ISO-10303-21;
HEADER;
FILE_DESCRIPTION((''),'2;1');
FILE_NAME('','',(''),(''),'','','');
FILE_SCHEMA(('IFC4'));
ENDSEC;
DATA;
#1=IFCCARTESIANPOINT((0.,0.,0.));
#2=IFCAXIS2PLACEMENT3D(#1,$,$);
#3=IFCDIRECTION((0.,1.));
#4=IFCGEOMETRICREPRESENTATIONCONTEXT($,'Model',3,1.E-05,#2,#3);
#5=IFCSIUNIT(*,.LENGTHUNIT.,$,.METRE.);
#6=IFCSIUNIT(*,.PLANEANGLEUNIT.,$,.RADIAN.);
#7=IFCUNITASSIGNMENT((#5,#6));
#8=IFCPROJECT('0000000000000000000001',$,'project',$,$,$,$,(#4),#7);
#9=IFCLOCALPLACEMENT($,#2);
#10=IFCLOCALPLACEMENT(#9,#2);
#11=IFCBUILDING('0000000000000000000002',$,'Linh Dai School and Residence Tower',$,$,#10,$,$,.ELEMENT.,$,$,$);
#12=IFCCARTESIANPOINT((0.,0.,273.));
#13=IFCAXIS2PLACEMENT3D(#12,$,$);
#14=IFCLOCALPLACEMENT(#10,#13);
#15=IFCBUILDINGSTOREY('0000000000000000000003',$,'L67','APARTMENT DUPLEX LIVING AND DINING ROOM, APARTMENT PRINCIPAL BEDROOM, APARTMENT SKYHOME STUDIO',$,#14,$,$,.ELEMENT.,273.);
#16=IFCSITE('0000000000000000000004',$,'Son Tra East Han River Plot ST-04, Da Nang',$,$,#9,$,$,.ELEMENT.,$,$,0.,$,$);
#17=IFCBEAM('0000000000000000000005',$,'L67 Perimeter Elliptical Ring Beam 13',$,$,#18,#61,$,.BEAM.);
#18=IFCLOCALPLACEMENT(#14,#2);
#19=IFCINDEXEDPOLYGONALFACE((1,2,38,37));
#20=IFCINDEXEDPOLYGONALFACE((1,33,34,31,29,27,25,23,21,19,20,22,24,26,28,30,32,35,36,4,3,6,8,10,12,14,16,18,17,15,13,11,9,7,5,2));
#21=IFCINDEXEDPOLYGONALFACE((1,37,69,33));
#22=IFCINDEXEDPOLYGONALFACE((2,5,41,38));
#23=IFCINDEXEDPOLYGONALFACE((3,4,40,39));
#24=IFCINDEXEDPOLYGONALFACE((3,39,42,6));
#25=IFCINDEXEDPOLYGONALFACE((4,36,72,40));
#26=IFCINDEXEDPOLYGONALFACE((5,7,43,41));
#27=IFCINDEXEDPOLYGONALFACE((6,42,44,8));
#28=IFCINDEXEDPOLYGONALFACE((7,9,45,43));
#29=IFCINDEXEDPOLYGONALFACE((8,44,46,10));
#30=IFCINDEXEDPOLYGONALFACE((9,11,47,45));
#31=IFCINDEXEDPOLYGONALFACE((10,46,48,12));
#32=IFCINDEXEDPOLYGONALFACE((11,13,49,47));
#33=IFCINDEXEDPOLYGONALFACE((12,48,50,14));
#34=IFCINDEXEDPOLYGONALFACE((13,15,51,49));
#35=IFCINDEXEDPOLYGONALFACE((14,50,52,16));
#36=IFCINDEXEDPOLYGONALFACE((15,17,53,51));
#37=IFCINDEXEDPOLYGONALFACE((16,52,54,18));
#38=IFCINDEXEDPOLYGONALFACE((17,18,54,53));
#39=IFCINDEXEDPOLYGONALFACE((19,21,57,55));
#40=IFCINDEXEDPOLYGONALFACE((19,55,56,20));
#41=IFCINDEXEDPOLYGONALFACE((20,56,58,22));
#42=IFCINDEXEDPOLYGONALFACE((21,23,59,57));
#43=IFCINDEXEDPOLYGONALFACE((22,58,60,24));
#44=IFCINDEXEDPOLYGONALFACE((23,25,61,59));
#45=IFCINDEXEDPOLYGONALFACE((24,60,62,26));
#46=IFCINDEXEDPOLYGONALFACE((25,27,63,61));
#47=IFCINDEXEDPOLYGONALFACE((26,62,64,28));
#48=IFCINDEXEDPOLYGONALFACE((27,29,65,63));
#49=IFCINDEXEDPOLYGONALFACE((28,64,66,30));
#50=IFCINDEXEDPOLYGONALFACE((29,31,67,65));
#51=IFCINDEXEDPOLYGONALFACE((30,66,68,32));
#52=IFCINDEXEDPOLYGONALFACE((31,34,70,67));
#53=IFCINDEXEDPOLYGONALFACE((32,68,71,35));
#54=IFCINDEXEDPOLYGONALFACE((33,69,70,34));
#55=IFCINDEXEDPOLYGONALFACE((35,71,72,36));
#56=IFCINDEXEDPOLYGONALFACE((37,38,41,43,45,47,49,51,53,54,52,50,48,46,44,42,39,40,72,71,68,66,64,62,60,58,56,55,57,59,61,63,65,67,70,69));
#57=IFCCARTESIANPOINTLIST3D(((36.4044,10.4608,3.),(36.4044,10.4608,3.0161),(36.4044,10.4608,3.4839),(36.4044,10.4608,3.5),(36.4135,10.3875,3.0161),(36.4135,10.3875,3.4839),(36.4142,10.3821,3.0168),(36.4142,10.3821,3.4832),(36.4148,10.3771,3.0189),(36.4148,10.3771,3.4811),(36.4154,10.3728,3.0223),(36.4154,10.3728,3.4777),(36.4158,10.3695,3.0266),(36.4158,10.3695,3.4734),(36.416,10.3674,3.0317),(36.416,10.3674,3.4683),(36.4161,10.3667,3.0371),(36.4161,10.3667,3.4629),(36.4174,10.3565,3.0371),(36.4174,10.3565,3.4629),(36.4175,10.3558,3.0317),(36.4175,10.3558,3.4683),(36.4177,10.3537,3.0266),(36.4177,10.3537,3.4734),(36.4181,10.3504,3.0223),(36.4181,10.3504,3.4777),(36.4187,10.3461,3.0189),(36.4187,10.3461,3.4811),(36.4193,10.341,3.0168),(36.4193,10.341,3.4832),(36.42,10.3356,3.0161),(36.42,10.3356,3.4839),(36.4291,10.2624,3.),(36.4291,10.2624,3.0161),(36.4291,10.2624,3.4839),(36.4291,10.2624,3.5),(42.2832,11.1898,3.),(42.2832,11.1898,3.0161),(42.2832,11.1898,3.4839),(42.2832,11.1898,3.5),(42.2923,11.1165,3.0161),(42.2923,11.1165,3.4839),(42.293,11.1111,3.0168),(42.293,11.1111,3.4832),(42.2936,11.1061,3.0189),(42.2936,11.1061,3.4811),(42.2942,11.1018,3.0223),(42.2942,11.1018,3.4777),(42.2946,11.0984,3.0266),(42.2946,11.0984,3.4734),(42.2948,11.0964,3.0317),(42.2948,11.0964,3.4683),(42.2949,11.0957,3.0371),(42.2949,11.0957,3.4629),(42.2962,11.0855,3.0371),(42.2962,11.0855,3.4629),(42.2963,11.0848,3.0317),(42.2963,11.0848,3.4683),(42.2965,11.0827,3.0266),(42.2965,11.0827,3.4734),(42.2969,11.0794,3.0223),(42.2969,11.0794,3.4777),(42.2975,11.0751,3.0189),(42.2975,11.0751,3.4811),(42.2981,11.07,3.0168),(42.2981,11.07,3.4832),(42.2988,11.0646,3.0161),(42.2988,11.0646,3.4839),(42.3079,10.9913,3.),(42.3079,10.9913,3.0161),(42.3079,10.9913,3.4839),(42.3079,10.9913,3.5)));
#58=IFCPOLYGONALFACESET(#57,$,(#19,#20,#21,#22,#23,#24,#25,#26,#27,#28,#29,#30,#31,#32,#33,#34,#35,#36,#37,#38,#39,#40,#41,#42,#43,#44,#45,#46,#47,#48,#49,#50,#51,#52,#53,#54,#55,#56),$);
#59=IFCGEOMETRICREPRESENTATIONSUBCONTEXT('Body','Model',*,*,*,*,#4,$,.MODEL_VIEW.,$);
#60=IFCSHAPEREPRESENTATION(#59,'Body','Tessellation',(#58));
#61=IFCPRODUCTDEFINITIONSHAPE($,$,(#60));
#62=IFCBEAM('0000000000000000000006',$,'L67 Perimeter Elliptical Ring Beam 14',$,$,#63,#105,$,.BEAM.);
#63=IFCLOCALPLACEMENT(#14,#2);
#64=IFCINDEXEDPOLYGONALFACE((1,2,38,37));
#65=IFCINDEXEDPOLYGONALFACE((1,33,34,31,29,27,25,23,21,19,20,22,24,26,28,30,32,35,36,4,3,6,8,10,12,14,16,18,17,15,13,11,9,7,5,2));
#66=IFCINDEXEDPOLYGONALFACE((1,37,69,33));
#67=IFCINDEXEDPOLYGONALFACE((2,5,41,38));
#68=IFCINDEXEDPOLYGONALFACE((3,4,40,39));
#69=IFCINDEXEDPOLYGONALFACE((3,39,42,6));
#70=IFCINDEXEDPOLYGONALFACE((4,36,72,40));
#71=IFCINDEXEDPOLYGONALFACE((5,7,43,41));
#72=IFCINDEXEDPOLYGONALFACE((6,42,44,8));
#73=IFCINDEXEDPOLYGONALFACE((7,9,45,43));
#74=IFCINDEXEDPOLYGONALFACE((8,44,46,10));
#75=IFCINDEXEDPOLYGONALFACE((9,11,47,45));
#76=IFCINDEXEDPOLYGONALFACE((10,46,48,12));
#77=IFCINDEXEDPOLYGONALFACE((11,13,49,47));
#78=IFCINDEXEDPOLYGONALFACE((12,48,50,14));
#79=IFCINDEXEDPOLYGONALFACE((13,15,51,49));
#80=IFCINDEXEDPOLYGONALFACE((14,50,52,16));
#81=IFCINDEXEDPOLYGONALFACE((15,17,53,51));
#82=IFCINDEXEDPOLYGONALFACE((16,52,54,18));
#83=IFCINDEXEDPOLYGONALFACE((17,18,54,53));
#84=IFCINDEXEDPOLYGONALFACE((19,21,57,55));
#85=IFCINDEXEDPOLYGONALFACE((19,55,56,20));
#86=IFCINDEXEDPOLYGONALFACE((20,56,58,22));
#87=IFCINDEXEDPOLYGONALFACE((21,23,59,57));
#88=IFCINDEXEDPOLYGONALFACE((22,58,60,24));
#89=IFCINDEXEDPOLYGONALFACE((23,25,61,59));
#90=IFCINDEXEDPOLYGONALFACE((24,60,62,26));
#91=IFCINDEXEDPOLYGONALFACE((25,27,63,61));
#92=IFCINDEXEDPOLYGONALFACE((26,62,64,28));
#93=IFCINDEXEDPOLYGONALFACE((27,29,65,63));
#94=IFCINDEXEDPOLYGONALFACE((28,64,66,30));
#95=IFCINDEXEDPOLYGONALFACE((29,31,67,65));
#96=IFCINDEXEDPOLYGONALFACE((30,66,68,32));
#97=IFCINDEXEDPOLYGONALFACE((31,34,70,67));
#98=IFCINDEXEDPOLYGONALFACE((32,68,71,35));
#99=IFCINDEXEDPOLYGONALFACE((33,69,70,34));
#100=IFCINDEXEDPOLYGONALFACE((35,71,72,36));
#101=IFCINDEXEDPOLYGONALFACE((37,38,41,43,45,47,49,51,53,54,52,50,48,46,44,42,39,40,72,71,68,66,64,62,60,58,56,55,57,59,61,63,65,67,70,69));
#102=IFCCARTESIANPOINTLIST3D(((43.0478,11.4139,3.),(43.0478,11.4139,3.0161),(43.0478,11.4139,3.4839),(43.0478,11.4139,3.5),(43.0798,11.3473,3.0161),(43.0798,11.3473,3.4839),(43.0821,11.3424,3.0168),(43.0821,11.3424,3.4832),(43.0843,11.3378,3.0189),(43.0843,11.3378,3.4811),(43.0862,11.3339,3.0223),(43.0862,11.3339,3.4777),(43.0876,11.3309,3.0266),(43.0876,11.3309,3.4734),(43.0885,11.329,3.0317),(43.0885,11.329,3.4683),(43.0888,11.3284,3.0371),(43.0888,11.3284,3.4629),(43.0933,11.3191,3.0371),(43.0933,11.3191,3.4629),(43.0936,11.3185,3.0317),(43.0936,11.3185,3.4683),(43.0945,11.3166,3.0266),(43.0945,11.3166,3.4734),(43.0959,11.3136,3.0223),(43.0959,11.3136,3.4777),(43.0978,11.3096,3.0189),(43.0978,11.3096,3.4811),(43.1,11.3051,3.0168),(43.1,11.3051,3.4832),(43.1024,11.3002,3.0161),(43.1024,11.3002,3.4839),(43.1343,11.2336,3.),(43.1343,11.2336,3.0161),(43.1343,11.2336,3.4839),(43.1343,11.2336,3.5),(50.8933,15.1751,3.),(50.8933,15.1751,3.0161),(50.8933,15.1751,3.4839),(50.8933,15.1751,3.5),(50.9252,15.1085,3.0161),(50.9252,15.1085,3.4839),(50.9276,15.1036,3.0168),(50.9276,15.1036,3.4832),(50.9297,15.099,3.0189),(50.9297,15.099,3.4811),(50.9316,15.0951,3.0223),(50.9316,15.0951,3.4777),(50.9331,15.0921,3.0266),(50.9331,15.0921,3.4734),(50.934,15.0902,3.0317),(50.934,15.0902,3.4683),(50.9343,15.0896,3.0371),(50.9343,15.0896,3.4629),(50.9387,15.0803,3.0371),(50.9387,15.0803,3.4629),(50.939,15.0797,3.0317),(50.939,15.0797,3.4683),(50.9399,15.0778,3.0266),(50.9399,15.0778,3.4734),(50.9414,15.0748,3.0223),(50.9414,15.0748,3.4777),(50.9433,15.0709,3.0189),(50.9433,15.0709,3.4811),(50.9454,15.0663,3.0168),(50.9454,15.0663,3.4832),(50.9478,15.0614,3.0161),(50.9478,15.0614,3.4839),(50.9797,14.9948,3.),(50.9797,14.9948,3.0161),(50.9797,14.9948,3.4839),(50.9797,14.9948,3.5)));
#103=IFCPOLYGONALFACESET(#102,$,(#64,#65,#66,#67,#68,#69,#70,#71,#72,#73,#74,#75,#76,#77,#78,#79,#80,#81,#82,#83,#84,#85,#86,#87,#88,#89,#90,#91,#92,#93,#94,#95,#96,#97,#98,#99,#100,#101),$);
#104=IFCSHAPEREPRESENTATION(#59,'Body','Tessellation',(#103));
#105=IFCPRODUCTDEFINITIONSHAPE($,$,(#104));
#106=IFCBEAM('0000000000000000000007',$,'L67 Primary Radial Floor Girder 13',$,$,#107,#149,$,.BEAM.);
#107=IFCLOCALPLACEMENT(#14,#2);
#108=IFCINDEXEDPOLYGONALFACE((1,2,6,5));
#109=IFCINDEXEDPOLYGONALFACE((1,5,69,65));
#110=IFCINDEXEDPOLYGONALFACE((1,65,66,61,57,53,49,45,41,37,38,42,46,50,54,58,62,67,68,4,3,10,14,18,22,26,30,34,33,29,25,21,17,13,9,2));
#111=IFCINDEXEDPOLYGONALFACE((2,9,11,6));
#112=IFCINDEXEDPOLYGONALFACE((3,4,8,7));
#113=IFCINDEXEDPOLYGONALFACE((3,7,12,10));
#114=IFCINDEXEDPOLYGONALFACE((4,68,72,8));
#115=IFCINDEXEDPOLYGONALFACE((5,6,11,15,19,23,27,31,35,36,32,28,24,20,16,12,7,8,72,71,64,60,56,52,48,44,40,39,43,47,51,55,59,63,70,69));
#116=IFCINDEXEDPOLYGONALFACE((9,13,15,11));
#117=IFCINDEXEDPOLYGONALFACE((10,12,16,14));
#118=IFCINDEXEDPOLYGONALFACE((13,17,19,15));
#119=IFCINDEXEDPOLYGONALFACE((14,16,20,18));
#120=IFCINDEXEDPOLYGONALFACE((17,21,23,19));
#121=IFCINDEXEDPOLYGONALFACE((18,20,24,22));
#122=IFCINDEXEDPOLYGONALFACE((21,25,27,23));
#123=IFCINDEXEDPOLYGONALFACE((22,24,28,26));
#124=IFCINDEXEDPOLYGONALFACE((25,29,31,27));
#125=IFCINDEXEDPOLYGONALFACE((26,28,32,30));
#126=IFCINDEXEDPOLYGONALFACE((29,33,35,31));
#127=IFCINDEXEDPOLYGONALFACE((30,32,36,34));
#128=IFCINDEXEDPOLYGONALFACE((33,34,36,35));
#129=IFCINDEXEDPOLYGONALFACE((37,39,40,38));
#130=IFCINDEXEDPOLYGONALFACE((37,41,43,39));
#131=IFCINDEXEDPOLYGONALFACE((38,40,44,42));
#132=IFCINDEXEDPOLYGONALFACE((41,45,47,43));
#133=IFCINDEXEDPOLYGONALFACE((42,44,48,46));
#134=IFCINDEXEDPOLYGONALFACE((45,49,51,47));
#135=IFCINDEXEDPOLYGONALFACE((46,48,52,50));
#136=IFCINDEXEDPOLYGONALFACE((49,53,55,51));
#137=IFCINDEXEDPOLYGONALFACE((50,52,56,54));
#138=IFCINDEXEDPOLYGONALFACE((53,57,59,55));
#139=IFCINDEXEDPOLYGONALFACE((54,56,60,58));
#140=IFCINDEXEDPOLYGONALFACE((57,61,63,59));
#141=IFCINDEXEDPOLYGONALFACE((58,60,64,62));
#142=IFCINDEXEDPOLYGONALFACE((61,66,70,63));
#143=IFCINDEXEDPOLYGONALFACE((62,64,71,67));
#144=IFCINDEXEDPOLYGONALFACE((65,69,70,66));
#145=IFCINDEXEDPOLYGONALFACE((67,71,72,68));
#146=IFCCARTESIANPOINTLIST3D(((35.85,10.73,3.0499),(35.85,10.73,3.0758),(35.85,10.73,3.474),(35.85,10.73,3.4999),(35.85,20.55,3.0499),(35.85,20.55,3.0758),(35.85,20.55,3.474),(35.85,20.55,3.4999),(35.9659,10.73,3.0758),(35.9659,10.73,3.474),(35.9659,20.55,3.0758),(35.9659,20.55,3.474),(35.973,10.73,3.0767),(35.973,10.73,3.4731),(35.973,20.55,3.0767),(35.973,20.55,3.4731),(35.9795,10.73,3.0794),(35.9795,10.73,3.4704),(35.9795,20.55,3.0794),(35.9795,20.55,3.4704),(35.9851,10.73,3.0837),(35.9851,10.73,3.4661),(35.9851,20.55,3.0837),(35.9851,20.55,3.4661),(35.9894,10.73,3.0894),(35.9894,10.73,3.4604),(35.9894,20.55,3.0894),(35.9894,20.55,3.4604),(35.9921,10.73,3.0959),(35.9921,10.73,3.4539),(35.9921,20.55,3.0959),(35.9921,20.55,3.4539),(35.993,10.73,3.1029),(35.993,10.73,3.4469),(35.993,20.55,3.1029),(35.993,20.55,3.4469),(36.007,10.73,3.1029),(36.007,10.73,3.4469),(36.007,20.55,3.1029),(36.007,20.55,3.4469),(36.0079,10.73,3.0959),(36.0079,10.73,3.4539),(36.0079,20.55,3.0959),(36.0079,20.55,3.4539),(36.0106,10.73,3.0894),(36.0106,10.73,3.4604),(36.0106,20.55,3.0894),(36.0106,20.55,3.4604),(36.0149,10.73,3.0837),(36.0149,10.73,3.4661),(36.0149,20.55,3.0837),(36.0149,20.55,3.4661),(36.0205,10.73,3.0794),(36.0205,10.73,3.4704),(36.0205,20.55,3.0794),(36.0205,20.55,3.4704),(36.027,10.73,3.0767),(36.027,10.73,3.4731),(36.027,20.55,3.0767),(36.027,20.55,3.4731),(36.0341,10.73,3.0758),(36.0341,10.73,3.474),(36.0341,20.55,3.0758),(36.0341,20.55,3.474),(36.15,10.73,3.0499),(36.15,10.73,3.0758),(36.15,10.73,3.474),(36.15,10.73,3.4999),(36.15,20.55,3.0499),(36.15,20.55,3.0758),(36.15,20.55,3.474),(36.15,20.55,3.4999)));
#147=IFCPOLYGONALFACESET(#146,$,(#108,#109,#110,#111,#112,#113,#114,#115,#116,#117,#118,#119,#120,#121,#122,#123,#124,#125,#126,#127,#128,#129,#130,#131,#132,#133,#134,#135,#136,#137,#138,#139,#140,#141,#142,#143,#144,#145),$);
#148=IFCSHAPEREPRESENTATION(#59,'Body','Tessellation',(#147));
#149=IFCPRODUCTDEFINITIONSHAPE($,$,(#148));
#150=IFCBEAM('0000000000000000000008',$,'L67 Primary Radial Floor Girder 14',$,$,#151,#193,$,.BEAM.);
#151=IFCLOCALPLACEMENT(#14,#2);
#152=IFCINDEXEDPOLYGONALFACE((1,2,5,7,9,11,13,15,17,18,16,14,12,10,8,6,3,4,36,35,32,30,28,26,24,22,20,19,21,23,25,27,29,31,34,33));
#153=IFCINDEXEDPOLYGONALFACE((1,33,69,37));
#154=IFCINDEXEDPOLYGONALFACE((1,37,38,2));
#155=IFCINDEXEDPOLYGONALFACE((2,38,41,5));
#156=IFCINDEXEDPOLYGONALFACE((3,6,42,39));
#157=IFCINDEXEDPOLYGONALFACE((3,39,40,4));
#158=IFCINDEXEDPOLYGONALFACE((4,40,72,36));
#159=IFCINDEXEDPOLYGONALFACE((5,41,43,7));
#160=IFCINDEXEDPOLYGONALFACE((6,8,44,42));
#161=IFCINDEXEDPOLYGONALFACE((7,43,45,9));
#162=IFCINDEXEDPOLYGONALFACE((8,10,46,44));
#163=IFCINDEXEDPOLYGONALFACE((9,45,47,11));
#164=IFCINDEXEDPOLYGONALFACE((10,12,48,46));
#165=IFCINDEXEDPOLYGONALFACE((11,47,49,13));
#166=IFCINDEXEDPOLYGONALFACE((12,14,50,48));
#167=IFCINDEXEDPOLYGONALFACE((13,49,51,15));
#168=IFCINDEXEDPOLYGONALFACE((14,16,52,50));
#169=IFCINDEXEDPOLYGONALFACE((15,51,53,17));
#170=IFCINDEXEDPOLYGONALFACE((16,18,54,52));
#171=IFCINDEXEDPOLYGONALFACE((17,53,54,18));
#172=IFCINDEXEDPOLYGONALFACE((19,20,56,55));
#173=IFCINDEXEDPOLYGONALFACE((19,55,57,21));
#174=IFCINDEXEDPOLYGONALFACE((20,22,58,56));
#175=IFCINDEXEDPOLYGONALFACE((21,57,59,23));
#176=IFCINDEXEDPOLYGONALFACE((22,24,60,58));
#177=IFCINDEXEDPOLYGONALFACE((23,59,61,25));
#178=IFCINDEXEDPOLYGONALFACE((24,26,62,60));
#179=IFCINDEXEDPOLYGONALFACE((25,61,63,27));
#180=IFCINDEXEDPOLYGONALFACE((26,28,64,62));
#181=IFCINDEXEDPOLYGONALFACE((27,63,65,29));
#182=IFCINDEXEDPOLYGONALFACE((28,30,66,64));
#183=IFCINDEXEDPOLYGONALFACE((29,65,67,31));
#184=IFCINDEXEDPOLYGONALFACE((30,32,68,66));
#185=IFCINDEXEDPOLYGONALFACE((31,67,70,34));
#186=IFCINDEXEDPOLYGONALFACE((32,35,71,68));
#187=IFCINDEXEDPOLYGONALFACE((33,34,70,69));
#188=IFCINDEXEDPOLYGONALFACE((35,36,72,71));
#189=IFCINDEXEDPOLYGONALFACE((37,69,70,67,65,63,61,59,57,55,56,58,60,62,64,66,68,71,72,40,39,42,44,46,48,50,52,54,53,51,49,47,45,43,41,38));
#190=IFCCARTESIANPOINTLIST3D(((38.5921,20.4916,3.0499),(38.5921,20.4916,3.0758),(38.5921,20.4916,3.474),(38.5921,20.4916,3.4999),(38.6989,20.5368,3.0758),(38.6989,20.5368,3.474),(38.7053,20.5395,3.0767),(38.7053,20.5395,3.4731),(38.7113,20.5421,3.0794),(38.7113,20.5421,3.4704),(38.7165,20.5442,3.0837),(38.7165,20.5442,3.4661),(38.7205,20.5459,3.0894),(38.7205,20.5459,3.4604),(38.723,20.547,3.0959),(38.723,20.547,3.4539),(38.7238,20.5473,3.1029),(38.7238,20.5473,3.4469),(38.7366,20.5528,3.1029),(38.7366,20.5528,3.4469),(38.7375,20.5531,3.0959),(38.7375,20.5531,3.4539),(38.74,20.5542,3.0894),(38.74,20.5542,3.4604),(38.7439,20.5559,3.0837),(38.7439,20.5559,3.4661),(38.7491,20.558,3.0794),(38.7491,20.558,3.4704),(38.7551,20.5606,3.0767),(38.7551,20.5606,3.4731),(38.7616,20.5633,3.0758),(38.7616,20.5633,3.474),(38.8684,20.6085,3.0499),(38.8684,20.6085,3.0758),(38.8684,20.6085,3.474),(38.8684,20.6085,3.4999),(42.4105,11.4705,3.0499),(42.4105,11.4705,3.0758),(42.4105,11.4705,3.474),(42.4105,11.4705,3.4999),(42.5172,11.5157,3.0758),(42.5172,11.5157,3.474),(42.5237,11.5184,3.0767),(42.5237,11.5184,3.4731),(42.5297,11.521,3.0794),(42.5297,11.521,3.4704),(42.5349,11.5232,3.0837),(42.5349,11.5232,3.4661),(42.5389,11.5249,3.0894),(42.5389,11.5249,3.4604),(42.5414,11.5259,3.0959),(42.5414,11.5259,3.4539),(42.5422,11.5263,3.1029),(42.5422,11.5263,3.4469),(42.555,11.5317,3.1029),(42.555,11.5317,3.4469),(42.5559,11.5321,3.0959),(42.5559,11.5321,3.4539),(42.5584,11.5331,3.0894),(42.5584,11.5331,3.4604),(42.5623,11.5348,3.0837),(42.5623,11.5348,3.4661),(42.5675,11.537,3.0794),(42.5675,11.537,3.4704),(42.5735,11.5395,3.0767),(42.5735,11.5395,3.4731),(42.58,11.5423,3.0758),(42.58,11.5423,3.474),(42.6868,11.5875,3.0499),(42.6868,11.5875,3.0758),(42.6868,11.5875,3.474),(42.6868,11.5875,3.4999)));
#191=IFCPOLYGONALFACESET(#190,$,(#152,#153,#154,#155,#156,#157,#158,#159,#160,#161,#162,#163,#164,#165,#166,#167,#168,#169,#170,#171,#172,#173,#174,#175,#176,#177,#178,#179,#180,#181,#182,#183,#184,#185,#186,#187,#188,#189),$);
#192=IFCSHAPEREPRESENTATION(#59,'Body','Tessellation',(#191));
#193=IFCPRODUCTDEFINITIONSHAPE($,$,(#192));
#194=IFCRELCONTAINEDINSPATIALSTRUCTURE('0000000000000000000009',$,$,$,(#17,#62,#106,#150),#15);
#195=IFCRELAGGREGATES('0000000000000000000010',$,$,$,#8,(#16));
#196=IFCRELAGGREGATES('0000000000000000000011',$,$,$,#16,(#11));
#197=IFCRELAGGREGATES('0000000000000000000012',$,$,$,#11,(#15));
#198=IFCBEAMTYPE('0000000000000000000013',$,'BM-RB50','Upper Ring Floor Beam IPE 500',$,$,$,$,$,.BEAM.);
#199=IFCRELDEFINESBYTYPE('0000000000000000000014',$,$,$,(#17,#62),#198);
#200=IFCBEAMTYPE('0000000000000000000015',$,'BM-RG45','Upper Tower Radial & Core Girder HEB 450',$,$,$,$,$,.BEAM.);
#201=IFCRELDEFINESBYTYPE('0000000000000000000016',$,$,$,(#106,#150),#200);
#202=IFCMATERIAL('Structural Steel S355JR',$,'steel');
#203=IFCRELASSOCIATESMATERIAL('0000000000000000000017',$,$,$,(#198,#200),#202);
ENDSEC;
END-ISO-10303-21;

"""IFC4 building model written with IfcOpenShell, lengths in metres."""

from ifc_helpers import new_model, si_unit, direction, frame, origin, origin_2d, place, context, subcontext, project, spatial, i_section, extrude, material, material_profile, profile_set, type_object, element, save


model = new_model("IFC4")

# Units and contexts
model_context = context("Model", 3, precision=1e-05, world=origin(), true_north=direction((0.0, 1.0)))
body_context = subcontext(model_context, "Body", "Model", "MODEL_VIEW")
ifc_project = project(units=[si_unit("LENGTHUNIT", "METRE"), si_unit("PLANEANGLEUNIT", "RADIAN")], contexts=[model_context])

# Site, building, storey
site_placement = place(None, origin())
site = spatial("IfcSite", under=ifc_project, at=site_placement, Name="Son Tra East Han River Plot ST-04, Da Nang", CompositionType="ELEMENT", RefElevation=0.0)
building_placement = place(site_placement, origin())
building = spatial("IfcBuilding", under=site, at=building_placement, Name="Linh Dai School and Residence Tower", CompositionType="ELEMENT")
storey_placement = place(building_placement, frame((0.0, 0.0, 273.0)))
storey = spatial("IfcBuildingStorey", under=building, at=storey_placement, Name="L67", Description="APARTMENT DUPLEX LIVING AND DINING ROOM, APARTMENT PRINCIPAL BEDROOM, APARTMENT SKYHOME STUDIO", CompositionType="ELEMENT", Elevation=273.0)

# Shared definitions
ifc_material_1 = material(Name="Structural Steel S355JR", Category="steel")

# Beams
ifc_material_profile_1 = material_profile(ifc_material_1, i_section(OverallWidth=0.2, OverallDepth=0.5, WebThickness=0.0103, FlangeThickness=0.0161, FilletRadius=0.021, at=origin_2d()), Name="IPE 500")
ifc_profile_set_1 = profile_set([ifc_material_profile_1], Name="Structural Steel S355JR")
beam_type_1 = type_object("IfcBeamType", Name="BM-RB50", Description="Upper Ring Floor Beam IPE 500", PredefinedType="BEAM", material=ifc_profile_set_1)
beam_1_placement = place(storey_placement, frame((36.4167, 10.3616, 3.25), z_axis=(0.992399, 0.123061, 0.0), x_axis=(-0.123061, 0.992399, 0.0)))
element("IfcBeam", 1, at=beam_1_placement, inside=storey, type_object=beam_type_1, Name="L67 Perimeter Elliptical Ring Beam 13", PredefinedType="BEAM", context=body_context, shape_type="SweptSolid", body=[
    extrude(i_section(OverallWidth=0.2, OverallDepth=0.5, WebThickness=0.0103, FlangeThickness=0.0161, FilletRadius=0.021, at=origin_2d()), origin(), (0.0, 0.0, 1.0), 5.9238),
])
beam_2_placement = place(storey_placement, frame((43.0911, 11.3237, 3.25), z_axis=(0.901729, 0.432302, 0.0), x_axis=(-0.432302, 0.901729, 0.0)))
element("IfcBeam", 2, at=beam_2_placement, inside=storey, type_object=beam_type_1, Name="L67 Perimeter Elliptical Ring Beam 14", PredefinedType="BEAM", context=body_context, shape_type="SweptSolid", body=[
    extrude(i_section(OverallWidth=0.2, OverallDepth=0.5, WebThickness=0.0103, FlangeThickness=0.0161, FilletRadius=0.021, at=origin_2d()), origin(), (0.0, 0.0, 1.0), 8.7004),
])
ifc_material_profile_2 = material_profile(ifc_material_1, i_section(OverallWidth=0.3, OverallDepth=0.45, WebThickness=0.0139, FlangeThickness=0.0259, FilletRadius=0.0271, at=origin_2d()), Name="HEB 450")
ifc_profile_set_2 = profile_set([ifc_material_profile_2], Name="Structural Steel S355JR")
beam_type_2 = type_object("IfcBeamType", Name="BM-RG45", Description="Upper Tower Radial & Core Girder HEB 450", PredefinedType="BEAM", material=ifc_profile_set_2)
beam_3_placement = place(storey_placement, frame((36.0, 20.55, 3.2749), z_axis=(0.0, -1.0, 0.0), x_axis=(1.0, 0.0, 0.0)))
element("IfcBeam", 3, at=beam_3_placement, inside=storey, type_object=beam_type_2, Name="L67 Primary Radial Floor Girder 13", PredefinedType="BEAM", context=body_context, shape_type="SweptSolid", body=[
    extrude(i_section(OverallWidth=0.3, OverallDepth=0.45, WebThickness=0.0139, FlangeThickness=0.0259, FilletRadius=0.0271, at=origin_2d()), origin(), (0.0, 0.0, 1.0), 9.8201),
])
beam_4_placement = place(storey_placement, frame((38.7302, 20.55, 3.2749), z_axis=(0.389794, -0.920902, 0.0), x_axis=(0.920902, 0.389794, 0.0)))
element("IfcBeam", 4, at=beam_4_placement, inside=storey, type_object=beam_type_2, Name="L67 Primary Radial Floor Girder 14", PredefinedType="BEAM", context=body_context, shape_type="SweptSolid", body=[
    extrude(i_section(OverallWidth=0.3, OverallDepth=0.45, WebThickness=0.0139, FlangeThickness=0.0259, FilletRadius=0.0271, at=origin_2d()), origin(), (0.0, 0.0, 1.0), 9.7959),
])

save(model, "model.ifc")
